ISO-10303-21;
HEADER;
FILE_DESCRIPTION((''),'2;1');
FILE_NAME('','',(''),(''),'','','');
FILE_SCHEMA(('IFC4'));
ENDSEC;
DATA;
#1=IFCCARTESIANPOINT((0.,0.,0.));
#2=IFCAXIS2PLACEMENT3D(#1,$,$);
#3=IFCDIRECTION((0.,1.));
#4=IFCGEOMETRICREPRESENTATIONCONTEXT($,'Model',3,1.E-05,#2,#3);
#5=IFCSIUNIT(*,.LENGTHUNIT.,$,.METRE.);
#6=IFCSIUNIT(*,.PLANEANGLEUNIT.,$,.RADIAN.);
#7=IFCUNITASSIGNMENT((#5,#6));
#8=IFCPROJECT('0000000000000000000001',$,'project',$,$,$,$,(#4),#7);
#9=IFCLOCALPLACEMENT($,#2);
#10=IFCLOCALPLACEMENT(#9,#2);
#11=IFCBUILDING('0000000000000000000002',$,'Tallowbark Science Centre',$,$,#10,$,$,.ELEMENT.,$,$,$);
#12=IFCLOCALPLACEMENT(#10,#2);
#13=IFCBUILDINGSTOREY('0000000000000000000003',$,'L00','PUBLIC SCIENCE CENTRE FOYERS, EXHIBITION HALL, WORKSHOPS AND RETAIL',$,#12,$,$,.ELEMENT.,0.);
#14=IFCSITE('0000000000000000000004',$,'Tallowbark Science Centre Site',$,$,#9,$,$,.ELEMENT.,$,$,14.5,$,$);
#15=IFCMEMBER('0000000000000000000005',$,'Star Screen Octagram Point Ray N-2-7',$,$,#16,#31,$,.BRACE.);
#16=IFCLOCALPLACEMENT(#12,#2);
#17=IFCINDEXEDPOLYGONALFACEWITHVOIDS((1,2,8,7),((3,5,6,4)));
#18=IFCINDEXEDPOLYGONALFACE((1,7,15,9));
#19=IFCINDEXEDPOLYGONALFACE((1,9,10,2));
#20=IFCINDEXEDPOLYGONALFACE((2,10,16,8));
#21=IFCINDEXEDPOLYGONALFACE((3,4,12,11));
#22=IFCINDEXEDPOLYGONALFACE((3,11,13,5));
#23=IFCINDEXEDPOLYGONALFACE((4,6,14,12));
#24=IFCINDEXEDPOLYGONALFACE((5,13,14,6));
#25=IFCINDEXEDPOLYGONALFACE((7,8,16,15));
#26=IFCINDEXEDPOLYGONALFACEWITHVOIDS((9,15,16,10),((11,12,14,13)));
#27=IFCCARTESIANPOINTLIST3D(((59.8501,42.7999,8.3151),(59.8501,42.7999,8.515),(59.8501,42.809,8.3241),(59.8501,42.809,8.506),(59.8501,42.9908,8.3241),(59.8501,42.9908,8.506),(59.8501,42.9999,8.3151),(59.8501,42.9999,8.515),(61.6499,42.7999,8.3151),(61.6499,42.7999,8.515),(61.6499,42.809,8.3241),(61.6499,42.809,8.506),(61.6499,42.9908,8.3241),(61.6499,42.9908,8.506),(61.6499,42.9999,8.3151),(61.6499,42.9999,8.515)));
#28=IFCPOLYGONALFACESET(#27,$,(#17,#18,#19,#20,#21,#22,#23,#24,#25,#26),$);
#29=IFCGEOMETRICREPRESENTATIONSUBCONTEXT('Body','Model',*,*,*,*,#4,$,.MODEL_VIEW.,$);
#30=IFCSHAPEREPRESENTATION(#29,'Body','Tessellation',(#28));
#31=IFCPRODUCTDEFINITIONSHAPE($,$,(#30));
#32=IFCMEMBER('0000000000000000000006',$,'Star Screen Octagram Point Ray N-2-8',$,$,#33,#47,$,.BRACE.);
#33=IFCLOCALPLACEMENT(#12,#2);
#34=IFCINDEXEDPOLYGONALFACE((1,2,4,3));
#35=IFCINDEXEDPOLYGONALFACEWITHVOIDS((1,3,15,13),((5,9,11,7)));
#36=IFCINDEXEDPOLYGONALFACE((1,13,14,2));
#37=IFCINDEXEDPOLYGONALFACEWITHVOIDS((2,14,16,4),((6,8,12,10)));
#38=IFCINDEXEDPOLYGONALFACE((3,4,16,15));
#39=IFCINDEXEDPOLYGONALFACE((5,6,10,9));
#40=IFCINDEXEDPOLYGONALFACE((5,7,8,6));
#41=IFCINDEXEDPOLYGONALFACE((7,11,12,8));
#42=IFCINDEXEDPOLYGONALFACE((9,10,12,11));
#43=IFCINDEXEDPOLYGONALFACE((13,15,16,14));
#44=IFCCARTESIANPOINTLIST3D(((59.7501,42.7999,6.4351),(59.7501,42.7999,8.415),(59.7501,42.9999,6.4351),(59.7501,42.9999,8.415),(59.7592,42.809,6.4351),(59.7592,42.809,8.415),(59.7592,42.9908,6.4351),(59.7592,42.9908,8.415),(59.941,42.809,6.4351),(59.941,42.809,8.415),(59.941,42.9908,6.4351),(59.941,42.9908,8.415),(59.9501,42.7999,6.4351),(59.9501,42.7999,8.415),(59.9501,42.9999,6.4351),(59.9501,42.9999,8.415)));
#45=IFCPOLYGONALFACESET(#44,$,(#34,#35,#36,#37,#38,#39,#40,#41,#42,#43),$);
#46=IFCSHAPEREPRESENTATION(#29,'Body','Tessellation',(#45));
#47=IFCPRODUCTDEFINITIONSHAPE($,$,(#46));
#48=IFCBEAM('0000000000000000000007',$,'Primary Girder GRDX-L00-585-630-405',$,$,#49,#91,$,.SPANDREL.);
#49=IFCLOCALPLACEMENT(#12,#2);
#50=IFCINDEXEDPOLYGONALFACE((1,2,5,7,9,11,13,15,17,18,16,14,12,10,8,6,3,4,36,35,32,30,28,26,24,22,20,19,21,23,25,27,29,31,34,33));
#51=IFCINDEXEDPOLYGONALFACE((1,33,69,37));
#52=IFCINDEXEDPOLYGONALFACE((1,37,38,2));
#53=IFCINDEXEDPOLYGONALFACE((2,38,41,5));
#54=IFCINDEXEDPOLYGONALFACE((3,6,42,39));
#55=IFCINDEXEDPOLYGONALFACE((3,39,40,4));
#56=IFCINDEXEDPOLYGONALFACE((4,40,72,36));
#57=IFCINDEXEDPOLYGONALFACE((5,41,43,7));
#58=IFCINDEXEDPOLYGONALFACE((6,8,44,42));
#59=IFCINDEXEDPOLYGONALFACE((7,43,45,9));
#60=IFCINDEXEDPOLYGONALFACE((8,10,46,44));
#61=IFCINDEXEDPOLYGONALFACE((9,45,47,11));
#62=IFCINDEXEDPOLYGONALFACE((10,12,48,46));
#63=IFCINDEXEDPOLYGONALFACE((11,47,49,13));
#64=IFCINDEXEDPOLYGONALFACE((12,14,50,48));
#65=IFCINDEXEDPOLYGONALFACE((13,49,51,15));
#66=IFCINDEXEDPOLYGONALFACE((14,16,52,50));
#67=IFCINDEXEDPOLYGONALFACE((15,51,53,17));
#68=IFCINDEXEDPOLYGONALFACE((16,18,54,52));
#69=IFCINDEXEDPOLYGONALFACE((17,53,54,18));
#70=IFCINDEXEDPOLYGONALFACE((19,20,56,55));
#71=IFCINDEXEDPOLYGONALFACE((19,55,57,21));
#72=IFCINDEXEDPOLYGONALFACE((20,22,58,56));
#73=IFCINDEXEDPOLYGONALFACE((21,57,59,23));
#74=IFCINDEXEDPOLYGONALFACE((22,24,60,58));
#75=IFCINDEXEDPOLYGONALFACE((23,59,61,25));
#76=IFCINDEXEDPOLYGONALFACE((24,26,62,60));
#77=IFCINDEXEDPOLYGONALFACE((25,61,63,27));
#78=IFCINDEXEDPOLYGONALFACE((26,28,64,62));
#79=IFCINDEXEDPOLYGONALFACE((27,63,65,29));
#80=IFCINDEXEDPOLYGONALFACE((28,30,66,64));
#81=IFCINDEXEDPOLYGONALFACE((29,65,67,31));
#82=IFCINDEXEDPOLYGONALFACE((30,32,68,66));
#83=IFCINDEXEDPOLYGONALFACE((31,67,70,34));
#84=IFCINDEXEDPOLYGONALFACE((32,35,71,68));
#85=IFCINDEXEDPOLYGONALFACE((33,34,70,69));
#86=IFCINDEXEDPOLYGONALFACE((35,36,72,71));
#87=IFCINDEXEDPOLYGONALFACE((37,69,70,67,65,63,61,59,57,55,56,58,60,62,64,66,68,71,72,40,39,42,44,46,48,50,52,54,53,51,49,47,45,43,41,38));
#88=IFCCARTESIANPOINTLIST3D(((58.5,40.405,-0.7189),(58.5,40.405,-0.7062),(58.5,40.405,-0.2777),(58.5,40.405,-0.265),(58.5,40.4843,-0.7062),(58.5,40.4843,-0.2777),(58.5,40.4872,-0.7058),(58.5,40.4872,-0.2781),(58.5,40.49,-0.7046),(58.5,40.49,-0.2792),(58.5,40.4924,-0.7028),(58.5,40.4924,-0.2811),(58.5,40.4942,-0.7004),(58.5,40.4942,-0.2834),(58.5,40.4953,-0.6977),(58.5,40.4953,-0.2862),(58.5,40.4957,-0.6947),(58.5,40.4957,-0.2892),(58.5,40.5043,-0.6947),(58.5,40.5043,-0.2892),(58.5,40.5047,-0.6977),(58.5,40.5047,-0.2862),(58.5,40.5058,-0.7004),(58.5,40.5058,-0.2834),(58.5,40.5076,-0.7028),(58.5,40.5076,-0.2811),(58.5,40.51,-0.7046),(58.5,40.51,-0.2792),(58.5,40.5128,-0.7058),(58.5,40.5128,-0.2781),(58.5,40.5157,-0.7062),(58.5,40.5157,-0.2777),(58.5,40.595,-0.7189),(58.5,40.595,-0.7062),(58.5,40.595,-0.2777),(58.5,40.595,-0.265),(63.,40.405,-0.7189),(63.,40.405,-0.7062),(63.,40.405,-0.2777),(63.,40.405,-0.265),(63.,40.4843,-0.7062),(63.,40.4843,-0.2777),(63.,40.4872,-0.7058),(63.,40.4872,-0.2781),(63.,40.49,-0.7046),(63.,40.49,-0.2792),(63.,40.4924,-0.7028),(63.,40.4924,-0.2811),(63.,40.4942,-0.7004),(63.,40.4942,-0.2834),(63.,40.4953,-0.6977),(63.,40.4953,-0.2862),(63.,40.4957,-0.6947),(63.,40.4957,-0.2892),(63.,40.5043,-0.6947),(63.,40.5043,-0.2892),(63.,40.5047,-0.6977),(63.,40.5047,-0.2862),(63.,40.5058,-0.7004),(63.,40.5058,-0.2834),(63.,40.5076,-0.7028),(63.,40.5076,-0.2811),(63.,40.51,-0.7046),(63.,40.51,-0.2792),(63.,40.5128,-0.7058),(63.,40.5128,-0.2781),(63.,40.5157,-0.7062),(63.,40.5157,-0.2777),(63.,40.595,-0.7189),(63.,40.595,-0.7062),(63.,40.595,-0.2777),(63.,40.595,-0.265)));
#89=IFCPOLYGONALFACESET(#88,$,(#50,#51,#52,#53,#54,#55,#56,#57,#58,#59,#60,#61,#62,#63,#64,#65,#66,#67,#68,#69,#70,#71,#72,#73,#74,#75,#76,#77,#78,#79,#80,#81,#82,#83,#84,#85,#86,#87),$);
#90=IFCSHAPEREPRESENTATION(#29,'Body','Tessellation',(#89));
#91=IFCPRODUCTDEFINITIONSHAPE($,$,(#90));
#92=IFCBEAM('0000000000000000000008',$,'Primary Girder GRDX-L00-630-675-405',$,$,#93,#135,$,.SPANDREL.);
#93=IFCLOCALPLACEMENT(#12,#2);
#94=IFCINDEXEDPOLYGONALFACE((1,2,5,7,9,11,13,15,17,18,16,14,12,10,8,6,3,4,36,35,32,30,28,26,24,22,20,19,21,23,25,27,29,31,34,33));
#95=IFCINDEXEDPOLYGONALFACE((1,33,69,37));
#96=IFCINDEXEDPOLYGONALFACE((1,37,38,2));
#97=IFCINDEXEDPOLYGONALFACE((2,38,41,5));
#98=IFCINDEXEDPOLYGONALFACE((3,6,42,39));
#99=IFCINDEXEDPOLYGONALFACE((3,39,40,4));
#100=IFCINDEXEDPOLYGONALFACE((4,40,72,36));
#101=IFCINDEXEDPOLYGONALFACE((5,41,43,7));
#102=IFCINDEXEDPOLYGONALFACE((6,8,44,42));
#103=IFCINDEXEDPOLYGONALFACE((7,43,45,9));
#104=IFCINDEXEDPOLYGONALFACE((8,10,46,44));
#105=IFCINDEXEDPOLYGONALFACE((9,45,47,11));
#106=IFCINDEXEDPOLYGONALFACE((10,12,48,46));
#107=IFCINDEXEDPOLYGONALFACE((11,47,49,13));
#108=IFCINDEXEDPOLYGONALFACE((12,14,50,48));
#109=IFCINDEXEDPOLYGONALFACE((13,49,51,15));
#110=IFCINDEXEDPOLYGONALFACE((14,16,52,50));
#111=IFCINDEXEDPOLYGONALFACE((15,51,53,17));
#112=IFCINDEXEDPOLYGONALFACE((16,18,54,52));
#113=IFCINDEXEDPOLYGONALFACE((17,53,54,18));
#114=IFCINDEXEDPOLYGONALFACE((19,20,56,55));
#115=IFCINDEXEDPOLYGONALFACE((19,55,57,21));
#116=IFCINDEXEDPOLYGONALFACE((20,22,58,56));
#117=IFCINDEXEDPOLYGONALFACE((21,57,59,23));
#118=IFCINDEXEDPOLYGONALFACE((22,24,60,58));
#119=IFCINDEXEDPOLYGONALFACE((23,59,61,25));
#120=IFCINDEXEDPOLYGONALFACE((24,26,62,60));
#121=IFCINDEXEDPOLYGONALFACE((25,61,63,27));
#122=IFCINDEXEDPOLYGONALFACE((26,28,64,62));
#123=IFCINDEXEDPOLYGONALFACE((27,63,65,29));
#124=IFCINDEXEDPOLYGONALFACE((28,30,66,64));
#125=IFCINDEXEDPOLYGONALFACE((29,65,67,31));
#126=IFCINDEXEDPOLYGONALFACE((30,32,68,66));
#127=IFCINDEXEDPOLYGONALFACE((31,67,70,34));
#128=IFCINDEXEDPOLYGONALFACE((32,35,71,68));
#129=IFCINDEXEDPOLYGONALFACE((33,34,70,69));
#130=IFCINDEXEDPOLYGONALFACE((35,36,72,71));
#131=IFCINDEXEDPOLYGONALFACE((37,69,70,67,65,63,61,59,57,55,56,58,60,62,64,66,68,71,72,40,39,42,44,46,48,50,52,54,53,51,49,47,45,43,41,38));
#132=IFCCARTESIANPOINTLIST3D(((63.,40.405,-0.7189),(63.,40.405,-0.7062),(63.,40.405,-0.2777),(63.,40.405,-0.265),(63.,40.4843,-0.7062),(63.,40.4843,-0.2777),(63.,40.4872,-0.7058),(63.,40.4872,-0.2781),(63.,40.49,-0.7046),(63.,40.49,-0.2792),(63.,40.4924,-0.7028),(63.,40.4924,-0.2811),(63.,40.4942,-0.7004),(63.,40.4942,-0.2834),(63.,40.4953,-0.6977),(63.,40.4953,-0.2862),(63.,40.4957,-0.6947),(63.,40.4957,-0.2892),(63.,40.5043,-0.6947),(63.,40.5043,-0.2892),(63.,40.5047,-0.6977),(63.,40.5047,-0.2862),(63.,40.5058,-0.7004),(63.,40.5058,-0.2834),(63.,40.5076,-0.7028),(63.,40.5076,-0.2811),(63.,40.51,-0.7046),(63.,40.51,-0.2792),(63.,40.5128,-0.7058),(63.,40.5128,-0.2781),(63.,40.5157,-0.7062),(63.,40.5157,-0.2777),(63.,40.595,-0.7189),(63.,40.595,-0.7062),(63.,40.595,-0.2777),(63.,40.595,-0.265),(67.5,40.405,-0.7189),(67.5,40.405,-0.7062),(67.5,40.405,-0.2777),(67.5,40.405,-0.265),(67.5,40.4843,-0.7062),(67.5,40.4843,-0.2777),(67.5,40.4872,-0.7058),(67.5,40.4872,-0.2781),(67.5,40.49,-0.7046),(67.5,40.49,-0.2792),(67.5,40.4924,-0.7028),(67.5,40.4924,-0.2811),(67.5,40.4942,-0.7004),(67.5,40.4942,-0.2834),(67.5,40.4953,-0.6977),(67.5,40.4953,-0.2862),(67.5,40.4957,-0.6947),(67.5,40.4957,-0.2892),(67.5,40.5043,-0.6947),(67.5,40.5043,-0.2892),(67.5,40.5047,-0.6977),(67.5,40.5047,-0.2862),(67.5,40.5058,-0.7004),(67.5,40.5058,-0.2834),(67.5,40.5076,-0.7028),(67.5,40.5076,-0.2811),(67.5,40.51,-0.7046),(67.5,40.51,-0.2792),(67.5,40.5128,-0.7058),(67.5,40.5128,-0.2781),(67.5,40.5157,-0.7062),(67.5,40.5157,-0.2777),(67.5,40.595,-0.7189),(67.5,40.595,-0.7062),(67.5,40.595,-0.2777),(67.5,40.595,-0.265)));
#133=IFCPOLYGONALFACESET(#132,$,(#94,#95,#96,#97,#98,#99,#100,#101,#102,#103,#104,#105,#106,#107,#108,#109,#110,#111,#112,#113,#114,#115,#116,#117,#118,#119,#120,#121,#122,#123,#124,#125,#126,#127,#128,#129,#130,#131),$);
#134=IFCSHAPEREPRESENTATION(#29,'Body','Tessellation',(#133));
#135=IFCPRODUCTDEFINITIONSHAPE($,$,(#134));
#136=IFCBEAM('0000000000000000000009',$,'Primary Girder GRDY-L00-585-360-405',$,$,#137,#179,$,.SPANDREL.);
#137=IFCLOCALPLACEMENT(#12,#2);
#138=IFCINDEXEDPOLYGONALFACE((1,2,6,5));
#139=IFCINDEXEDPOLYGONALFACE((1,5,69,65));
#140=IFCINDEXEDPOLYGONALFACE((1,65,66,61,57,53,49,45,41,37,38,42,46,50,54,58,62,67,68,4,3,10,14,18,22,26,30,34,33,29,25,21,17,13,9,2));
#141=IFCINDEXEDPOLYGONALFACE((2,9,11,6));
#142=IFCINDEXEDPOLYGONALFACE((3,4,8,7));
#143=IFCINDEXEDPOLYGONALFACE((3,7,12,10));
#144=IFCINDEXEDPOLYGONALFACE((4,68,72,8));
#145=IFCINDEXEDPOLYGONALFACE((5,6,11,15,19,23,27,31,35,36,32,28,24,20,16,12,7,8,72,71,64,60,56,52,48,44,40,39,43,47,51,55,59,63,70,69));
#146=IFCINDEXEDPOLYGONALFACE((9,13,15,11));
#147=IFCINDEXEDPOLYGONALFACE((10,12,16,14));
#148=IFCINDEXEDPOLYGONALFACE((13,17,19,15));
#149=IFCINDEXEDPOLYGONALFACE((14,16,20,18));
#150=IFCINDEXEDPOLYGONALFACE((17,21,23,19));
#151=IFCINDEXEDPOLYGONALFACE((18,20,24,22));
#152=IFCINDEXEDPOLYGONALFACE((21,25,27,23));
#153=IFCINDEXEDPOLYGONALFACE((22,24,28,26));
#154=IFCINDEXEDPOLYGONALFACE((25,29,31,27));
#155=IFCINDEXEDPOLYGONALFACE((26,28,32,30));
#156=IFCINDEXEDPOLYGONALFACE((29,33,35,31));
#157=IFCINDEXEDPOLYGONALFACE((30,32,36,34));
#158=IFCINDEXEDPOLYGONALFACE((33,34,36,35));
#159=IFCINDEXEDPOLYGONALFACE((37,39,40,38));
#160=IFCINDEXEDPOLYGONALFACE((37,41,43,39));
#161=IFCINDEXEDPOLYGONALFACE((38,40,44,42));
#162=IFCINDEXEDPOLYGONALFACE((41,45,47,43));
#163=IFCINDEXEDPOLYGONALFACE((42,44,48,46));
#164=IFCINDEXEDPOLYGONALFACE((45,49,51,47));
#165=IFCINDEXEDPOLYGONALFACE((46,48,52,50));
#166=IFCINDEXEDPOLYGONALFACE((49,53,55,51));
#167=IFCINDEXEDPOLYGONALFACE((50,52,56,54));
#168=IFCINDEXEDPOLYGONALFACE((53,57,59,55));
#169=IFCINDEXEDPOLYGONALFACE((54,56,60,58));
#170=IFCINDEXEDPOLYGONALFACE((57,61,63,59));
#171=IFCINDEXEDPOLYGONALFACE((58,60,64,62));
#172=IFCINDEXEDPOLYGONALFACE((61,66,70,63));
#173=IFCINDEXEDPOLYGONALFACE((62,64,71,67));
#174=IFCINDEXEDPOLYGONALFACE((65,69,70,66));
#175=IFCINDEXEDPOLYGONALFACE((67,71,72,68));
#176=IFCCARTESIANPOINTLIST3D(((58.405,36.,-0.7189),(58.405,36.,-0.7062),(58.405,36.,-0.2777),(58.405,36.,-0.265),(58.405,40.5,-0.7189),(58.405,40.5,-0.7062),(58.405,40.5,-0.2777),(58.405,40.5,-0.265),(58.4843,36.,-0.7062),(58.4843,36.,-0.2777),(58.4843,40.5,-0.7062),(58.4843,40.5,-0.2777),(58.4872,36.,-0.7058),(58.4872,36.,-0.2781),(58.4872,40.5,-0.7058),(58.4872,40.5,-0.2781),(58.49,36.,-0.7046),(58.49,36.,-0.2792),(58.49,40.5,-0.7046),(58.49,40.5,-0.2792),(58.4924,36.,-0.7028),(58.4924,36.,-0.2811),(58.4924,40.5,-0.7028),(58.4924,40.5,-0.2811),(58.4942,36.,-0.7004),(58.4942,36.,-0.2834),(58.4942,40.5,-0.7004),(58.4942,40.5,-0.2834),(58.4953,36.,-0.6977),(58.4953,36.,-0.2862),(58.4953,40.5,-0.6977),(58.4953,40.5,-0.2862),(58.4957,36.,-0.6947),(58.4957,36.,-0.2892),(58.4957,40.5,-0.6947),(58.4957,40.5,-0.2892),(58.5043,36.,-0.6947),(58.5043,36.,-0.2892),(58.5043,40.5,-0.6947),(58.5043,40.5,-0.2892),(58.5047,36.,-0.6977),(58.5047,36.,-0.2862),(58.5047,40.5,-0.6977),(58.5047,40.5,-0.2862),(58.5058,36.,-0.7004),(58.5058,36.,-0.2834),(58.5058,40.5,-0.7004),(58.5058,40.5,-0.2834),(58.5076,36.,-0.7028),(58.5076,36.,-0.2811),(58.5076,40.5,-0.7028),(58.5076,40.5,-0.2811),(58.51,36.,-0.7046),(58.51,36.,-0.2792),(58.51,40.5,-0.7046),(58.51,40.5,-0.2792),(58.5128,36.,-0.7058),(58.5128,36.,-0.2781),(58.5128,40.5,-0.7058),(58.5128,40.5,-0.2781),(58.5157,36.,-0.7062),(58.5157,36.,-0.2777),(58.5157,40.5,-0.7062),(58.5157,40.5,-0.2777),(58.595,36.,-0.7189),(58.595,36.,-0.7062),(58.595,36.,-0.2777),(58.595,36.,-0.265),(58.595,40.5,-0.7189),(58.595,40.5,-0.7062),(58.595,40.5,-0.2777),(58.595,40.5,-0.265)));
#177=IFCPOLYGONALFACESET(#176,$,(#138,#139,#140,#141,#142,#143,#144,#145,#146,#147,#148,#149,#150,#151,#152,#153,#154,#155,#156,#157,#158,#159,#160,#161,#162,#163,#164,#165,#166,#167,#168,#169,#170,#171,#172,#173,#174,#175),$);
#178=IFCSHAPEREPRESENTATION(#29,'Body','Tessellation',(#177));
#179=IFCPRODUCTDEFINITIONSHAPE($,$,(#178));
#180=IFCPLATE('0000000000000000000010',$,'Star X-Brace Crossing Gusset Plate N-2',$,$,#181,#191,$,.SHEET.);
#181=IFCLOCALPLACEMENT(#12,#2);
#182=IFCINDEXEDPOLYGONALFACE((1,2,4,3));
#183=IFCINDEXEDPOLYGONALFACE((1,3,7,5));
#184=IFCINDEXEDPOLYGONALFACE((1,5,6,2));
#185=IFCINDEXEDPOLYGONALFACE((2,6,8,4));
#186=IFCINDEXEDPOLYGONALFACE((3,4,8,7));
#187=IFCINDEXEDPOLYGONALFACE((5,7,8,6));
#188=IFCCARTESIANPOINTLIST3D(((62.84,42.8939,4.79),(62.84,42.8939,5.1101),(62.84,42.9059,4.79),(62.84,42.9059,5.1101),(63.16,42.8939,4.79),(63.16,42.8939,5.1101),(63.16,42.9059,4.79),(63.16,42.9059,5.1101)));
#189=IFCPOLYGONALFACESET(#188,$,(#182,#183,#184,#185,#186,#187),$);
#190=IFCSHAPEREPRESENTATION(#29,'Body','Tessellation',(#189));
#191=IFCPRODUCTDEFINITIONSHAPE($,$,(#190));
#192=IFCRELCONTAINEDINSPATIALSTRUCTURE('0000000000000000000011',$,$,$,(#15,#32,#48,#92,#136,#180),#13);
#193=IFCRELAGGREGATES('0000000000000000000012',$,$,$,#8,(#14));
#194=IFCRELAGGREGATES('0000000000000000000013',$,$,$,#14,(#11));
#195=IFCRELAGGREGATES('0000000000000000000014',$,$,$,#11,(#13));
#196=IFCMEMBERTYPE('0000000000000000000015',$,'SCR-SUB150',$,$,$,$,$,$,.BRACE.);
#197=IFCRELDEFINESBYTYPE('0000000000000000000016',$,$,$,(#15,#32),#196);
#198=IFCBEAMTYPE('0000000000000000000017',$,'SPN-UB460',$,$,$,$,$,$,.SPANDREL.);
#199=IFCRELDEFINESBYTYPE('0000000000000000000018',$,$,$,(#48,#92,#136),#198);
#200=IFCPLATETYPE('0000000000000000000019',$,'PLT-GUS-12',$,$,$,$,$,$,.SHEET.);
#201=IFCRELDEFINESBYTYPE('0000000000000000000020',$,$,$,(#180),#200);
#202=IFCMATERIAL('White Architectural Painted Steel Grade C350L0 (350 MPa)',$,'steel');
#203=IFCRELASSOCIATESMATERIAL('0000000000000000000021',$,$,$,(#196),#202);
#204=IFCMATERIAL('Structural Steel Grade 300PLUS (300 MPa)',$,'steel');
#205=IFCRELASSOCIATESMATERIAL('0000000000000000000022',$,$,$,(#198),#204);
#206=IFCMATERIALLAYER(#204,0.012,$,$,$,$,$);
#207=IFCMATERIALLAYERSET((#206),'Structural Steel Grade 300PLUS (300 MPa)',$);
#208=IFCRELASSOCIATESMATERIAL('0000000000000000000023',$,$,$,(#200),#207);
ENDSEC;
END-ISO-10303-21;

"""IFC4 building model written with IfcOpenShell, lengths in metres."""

from ifc_helpers import new_model, si_unit, direction, frame, origin, origin_2d, place, context, subcontext, project, spatial, rectangle, hollow_rectangle, i_section, extrude, material, layer, layer_set, material_profile, profile_set, type_object, element, save


model = new_model("IFC4")

# Units and contexts
model_context = context("Model", 3, precision=1e-05, world=origin(), true_north=direction((0.0, 1.0)))
body_context = subcontext(model_context, "Body", "Model", "MODEL_VIEW")
ifc_project = project(units=[si_unit("LENGTHUNIT", "METRE"), si_unit("PLANEANGLEUNIT", "RADIAN")], contexts=[model_context])

# Site, building, storey
site_placement = place(None, origin())
site = spatial("IfcSite", under=ifc_project, at=site_placement, Name="Tallowbark Science Centre Site", CompositionType="ELEMENT", RefElevation=14.5)
building_placement = place(site_placement, origin())
building = spatial("IfcBuilding", under=site, at=building_placement, Name="Tallowbark Science Centre", CompositionType="ELEMENT")
storey_placement = place(building_placement, origin())
storey = spatial("IfcBuildingStorey", under=building, at=storey_placement, Name="L00", Description="PUBLIC SCIENCE CENTRE FOYERS, EXHIBITION HALL, WORKSHOPS AND RETAIL", CompositionType="ELEMENT", Elevation=0.0)

# Shared definitions
ifc_material_1 = material(Name="White Architectural Painted Steel Grade C350L0 (350 MPa)", Category="steel")
ifc_material_2 = material(Name="Structural Steel Grade 300PLUS (300 MPa)", Category="steel")

# Members
ifc_material_profile_1 = material_profile(ifc_material_1, hollow_rectangle(XDim=0.2, YDim=0.2, WallThickness=0.009, at=origin_2d()), Name="200x200x9.0SHS")
ifc_profile_set_1 = profile_set([ifc_material_profile_1], Name="White Architectural Painted Steel Grade C350L0 (350 MPa)")
member_type_1 = type_object("IfcMemberType", Name="SCR-SUB150", PredefinedType="BRACE", material=ifc_profile_set_1)
member_1_placement = place(storey_placement, frame((59.8501, 42.8999, 8.415), z_axis=(1.0, 0.0, 0.0), x_axis=(0.0, 1.0, 0.0)))
element("IfcMember", 1, at=member_1_placement, inside=storey, type_object=member_type_1, Name="Star Screen Octagram Point Ray N-2-7", PredefinedType="BRACE", context=body_context, shape_type="SweptSolid", body=[
    extrude(hollow_rectangle(XDim=0.2, YDim=0.2, WallThickness=0.009, at=origin_2d()), origin(), (0.0, 0.0, 1.0), 1.7998),
])
member_2_placement = place(storey_placement, frame((59.8501, 42.8999, 8.415), z_axis=(0.0, 0.0, -1.0), x_axis=(1.0, 0.0, 0.0)))
element("IfcMember", 2, at=member_2_placement, inside=storey, type_object=member_type_1, Name="Star Screen Octagram Point Ray N-2-8", PredefinedType="BRACE", context=body_context, shape_type="SweptSolid", body=[
    extrude(hollow_rectangle(XDim=0.2, YDim=0.2, WallThickness=0.009, at=origin_2d()), origin(), (0.0, 0.0, 1.0), 1.98),
])

# Beams
ifc_material_profile_2 = material_profile(ifc_material_2, i_section(OverallWidth=0.1899, OverallDepth=0.4539, WebThickness=0.0085, FlangeThickness=0.0127, FilletRadius=0.0115, at=origin_2d()), Name="460UB67.1")
ifc_profile_set_2 = profile_set([ifc_material_profile_2], Name="Structural Steel Grade 300PLUS (300 MPa)")
beam_type = type_object("IfcBeamType", Name="SPN-UB460", PredefinedType="SPANDREL", material=ifc_profile_set_2)
for number, where, z_axis, x_axis, name in (
    (3, (58.5, 40.5, -0.4919), (1.0, 0.0, 0.0), (0.0, 1.0, 0.0), "Primary Girder GRDX-L00-585-630-405"),
    (4, (63.0, 40.5, -0.4919), (1.0, 0.0, 0.0), (0.0, 1.0, 0.0), "Primary Girder GRDX-L00-630-675-405"),
    (5, (58.5, 36.0, -0.4919), (0.0, 1.0, 0.0), (-1.0, 0.0, 0.0), "Primary Girder GRDY-L00-585-360-405"),
):
    element("IfcBeam", number, at=place(storey_placement, frame(where, z_axis=z_axis, x_axis=x_axis)), inside=storey, type_object=beam_type, Name=name, PredefinedType="SPANDREL", context=body_context, shape_type="SweptSolid", body=[
        extrude(i_section(OverallWidth=0.1899, OverallDepth=0.4539, WebThickness=0.0085, FlangeThickness=0.0127, FilletRadius=0.0115, at=origin_2d()), origin(), (0.0, 0.0, 1.0), 4.5),
    ])

# Plate
ifc_layer_1 = layer(ifc_material_2, 0.012)
ifc_layer_set_1 = layer_set([ifc_layer_1], Name="Structural Steel Grade 300PLUS (300 MPa)")
plate_type = type_object("IfcPlateType", Name="PLT-GUS-12", PredefinedType="SHEET", material=ifc_layer_set_1)
plate_placement = place(storey_placement, frame((63.0, 42.8999, 4.79), z_axis=(0.0, 0.0, 1.0), x_axis=(1.0, 0.0, 0.0)))
element("IfcPlate", 6, at=plate_placement, inside=storey, type_object=plate_type, Name="Star X-Brace Crossing Gusset Plate N-2", PredefinedType="SHEET", context=body_context, shape_type="SweptSolid", body=[
    extrude(rectangle(XDim=0.3201, YDim=0.012, at=origin_2d()), origin(), (0.0, 0.0, 1.0), 0.3201),
])

save(model, "model.ifc")
